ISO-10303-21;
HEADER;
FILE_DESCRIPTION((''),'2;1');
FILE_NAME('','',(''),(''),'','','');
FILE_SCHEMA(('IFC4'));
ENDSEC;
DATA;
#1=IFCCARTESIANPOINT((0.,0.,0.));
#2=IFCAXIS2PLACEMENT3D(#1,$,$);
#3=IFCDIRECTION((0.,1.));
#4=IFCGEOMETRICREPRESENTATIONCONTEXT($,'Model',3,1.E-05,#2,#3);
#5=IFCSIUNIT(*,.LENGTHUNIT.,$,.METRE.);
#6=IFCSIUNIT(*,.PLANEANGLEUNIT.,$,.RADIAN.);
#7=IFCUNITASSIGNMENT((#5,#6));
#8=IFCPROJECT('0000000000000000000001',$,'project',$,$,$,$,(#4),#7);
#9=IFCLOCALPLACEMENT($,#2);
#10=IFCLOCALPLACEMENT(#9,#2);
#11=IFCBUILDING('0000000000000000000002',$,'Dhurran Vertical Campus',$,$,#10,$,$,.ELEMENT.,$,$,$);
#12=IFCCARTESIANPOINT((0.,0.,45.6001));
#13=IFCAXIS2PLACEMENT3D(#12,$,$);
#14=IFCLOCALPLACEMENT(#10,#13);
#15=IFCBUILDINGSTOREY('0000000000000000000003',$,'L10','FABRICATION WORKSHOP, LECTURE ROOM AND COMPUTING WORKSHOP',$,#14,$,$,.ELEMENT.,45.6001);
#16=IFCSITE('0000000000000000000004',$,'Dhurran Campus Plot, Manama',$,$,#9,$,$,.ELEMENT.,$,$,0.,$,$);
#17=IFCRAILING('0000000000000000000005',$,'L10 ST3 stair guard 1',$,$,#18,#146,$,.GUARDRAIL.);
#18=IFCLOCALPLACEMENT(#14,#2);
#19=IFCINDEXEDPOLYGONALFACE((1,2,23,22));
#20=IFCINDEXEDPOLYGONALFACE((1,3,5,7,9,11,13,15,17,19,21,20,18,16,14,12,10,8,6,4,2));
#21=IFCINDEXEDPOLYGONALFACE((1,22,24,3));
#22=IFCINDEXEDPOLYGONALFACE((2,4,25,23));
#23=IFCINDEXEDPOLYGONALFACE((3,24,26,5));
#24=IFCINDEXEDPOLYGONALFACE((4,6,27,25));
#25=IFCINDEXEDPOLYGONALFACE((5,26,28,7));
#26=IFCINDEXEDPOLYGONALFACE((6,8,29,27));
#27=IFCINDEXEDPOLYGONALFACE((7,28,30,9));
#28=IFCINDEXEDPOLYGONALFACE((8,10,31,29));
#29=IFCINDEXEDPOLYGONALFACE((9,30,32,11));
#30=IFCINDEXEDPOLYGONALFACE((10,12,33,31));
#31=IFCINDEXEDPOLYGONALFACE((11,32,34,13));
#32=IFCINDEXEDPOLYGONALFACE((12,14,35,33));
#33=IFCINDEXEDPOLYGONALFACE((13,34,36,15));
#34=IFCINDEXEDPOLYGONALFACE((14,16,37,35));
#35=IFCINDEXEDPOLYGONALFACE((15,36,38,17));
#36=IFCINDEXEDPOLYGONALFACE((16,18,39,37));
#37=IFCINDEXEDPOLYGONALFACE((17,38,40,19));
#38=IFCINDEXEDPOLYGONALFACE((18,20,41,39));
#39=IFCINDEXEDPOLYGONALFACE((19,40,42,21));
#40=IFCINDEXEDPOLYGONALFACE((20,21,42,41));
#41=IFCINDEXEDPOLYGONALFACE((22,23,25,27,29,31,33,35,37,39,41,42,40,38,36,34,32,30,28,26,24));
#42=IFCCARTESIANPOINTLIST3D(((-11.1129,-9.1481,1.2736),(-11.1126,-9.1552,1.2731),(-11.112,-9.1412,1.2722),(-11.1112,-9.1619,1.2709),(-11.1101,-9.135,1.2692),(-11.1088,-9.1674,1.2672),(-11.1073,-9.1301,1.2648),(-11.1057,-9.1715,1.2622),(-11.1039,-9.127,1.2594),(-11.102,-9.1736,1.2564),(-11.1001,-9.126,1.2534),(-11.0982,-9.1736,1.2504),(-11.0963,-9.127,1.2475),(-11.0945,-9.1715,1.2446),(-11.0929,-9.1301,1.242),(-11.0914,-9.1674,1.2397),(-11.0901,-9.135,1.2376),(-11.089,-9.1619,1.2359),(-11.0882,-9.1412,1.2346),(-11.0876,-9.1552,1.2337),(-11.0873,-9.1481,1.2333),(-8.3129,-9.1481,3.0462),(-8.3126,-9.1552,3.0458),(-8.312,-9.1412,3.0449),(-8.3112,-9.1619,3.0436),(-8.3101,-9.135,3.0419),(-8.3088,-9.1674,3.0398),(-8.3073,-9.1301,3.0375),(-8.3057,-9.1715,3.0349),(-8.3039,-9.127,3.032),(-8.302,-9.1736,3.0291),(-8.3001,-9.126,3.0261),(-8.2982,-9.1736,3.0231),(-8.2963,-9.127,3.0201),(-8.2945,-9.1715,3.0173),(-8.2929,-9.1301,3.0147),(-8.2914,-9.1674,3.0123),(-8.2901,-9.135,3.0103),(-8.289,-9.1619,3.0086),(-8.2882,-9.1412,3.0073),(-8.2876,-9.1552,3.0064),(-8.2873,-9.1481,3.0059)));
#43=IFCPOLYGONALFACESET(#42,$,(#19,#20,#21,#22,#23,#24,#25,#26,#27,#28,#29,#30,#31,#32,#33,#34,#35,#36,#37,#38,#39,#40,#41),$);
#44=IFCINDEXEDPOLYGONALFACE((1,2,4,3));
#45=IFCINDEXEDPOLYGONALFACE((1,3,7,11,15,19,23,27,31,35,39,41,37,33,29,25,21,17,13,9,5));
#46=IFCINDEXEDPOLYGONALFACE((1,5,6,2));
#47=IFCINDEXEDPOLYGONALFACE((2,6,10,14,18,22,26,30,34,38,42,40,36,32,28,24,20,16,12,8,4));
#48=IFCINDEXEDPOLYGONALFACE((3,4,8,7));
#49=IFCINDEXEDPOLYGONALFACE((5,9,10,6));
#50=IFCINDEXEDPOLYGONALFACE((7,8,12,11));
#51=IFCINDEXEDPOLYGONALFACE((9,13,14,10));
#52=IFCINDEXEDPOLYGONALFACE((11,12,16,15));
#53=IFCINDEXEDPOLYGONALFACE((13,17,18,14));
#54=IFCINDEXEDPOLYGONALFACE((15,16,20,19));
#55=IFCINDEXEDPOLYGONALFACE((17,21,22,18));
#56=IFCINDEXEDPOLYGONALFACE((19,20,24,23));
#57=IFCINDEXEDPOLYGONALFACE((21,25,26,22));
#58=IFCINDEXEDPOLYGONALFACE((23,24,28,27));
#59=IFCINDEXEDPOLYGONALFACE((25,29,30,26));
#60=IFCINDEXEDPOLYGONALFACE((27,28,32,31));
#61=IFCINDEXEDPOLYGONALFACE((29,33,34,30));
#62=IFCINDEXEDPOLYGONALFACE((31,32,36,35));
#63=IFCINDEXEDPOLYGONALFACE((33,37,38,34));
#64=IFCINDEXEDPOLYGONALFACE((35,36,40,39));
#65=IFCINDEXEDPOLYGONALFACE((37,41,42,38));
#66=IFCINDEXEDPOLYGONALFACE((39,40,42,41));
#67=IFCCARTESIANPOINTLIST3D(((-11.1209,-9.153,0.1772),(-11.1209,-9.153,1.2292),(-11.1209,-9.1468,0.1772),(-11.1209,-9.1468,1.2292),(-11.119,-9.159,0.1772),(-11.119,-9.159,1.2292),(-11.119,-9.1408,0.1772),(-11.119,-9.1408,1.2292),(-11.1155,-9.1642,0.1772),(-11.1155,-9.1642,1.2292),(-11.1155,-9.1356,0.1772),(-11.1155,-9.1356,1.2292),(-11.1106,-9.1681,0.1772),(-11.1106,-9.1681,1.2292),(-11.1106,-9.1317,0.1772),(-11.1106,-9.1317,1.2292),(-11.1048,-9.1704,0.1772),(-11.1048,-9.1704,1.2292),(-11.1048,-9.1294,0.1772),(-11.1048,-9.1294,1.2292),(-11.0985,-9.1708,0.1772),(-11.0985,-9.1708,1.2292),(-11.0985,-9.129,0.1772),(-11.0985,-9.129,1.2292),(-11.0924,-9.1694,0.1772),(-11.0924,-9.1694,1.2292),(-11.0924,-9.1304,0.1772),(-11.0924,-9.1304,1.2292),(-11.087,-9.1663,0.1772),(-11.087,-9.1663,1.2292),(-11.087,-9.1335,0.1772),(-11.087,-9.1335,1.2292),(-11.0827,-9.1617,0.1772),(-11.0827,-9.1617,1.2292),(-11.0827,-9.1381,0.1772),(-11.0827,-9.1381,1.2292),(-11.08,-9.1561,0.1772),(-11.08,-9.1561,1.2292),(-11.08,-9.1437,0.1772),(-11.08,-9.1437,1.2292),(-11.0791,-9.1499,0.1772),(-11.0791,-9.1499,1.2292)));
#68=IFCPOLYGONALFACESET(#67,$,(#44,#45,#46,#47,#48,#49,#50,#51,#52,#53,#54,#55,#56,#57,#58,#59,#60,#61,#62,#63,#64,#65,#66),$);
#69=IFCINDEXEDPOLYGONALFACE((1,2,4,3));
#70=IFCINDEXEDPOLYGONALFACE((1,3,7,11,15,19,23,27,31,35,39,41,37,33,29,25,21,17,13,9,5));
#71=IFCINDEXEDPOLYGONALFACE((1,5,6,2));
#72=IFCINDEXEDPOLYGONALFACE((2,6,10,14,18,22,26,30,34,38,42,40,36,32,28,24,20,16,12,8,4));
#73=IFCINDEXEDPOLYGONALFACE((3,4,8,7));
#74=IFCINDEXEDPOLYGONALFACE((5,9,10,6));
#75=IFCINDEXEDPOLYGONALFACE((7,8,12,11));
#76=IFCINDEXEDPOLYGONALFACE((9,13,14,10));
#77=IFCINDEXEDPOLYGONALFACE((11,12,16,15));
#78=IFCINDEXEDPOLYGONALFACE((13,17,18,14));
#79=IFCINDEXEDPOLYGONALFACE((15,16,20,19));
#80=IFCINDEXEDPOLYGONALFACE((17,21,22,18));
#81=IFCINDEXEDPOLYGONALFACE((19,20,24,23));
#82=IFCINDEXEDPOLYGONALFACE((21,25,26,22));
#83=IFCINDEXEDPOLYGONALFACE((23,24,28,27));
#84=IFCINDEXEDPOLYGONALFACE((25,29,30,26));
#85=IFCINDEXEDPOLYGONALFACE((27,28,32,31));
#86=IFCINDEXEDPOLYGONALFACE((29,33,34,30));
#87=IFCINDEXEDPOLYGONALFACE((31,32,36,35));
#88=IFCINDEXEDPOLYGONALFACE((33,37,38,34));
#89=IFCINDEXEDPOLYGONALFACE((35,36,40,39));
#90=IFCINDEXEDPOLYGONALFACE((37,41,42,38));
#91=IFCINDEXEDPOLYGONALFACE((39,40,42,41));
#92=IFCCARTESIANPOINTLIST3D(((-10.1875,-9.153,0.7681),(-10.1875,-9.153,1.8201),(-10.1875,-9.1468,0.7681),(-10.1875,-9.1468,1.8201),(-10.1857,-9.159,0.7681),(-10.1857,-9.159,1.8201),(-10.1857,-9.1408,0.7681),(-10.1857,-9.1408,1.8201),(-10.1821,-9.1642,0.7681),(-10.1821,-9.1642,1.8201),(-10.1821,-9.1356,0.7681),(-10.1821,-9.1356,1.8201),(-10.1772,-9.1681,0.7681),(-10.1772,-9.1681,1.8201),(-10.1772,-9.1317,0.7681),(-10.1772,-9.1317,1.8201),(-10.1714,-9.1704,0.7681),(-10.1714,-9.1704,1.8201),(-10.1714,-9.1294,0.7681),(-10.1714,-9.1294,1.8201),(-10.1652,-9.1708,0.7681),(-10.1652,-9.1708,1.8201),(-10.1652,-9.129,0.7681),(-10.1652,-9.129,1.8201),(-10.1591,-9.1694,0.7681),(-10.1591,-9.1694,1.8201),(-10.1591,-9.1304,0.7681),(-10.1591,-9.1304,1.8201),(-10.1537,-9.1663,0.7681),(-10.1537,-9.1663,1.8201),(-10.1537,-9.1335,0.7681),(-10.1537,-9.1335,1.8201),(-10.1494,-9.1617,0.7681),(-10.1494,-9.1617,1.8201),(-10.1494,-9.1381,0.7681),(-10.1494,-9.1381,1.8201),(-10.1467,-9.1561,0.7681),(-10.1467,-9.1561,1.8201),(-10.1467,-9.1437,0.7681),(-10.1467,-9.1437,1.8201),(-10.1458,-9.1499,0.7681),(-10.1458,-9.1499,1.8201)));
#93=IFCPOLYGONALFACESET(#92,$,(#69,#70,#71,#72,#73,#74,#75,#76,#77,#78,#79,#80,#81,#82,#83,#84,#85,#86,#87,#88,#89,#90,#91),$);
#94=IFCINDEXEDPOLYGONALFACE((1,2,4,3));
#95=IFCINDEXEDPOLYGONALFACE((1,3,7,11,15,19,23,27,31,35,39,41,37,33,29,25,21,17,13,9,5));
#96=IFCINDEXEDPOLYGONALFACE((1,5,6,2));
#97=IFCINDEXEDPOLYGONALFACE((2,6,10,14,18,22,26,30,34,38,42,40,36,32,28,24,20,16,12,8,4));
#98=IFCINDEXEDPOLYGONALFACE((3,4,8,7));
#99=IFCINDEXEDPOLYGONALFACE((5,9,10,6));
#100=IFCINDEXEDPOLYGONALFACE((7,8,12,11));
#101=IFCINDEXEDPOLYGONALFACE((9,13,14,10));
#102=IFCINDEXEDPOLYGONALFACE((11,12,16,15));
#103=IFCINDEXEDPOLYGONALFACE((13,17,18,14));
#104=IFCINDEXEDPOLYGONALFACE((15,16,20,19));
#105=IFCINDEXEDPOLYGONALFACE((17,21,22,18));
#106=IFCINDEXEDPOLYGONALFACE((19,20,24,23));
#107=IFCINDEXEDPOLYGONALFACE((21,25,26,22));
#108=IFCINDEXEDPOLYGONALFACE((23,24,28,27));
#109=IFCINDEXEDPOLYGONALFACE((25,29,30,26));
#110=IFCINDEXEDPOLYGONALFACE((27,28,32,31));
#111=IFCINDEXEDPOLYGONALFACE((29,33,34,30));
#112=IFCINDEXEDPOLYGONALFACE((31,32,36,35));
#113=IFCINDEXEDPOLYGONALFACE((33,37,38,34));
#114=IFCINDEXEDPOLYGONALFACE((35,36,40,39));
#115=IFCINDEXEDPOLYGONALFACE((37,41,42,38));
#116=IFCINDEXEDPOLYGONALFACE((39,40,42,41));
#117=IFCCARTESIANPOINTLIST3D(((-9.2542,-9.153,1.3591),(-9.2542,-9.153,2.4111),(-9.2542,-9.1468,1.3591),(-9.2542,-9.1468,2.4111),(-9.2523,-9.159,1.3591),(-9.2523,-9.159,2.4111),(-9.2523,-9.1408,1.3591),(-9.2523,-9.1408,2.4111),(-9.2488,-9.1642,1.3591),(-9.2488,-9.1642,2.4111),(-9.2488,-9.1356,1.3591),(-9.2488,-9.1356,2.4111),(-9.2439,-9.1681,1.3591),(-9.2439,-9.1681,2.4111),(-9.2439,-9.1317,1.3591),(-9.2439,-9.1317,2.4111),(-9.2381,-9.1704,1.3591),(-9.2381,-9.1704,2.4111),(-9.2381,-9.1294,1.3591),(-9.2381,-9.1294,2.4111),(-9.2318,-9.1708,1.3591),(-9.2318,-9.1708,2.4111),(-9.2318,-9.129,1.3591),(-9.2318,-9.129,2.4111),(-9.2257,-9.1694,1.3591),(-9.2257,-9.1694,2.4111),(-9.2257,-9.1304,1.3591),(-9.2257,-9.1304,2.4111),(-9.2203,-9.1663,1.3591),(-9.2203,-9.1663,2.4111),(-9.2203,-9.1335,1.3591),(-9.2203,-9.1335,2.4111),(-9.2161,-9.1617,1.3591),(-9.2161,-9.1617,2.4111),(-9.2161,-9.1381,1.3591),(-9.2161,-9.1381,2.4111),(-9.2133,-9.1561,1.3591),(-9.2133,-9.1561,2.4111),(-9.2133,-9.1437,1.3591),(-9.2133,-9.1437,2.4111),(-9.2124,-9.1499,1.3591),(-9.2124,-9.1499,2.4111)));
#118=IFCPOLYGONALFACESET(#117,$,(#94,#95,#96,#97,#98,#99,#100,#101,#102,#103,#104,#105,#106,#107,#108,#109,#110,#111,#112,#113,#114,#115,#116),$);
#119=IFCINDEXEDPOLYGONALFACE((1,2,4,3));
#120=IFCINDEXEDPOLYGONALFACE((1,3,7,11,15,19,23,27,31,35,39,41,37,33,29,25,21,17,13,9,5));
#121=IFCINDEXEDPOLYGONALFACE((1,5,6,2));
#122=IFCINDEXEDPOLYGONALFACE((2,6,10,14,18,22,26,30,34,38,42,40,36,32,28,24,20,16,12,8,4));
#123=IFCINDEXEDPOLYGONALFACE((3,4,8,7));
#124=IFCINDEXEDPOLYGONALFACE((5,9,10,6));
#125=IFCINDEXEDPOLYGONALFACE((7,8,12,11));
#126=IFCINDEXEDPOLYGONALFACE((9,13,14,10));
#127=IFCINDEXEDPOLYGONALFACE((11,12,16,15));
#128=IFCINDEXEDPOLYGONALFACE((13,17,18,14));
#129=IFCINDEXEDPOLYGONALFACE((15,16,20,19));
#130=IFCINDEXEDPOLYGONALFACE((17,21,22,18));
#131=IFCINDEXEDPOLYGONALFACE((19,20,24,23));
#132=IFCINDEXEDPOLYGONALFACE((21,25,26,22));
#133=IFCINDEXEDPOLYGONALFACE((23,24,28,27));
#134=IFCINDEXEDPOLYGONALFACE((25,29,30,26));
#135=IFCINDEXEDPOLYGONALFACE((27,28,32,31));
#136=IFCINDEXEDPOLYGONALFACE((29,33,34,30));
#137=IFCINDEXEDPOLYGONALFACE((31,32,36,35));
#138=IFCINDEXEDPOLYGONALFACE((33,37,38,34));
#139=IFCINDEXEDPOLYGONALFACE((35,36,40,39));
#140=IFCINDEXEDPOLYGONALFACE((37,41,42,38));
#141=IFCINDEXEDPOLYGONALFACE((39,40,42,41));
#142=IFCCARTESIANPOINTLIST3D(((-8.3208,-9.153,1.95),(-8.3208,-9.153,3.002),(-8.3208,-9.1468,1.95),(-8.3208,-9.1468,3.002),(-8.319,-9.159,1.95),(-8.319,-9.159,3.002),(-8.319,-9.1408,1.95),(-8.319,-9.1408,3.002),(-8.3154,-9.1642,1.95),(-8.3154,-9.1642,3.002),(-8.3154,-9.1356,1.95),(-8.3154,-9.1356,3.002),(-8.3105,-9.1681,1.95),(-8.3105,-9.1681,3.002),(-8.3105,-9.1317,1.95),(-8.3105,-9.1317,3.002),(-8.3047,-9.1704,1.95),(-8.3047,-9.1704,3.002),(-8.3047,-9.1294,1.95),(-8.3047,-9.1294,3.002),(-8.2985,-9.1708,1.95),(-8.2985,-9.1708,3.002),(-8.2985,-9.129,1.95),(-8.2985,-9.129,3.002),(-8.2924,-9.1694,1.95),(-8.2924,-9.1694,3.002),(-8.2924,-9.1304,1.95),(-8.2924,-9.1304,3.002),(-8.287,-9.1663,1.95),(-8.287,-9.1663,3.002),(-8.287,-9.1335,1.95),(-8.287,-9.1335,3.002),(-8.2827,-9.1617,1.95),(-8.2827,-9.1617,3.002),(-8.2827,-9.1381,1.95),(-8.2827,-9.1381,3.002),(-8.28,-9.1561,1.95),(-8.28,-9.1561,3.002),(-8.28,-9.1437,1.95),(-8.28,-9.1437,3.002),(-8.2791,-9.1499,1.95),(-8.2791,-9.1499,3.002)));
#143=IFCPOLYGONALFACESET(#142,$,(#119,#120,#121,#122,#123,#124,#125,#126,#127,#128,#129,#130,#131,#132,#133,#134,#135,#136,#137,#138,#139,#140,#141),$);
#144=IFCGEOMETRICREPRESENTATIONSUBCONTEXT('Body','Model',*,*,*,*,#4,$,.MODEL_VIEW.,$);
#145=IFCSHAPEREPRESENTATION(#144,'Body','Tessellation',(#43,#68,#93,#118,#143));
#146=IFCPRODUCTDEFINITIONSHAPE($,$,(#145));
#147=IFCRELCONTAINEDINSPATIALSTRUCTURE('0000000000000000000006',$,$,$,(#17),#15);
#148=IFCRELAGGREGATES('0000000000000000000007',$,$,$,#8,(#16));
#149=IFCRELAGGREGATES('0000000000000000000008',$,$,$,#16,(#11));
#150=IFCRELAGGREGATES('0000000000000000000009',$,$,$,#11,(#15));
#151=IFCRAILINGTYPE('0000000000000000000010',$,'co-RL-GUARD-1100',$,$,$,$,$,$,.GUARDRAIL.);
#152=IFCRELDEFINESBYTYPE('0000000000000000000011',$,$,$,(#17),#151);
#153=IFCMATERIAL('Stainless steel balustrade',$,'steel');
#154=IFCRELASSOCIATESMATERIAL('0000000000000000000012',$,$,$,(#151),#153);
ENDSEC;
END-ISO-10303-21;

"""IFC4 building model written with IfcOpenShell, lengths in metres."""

from ifc_helpers import new_model, si_unit, direction, frame, origin, origin_2d, place, context, subcontext, project, spatial, circle, extrude, material, type_object, element, save


model = new_model("IFC4")

# Units and contexts
model_context = context("Model", 3, precision=1e-05, world=origin(), true_north=direction((0.0, 1.0)))
body_context = subcontext(model_context, "Body", "Model", "MODEL_VIEW")
ifc_project = project(units=[si_unit("LENGTHUNIT", "METRE"), si_unit("PLANEANGLEUNIT", "RADIAN")], contexts=[model_context])

# Site, building, storey
site_placement = place(None, origin())
site = spatial("IfcSite", under=ifc_project, at=site_placement, Name="Dhurran Campus Plot, Manama", CompositionType="ELEMENT", RefElevation=0.0)
building_placement = place(site_placement, origin())
building = spatial("IfcBuilding", under=site, at=building_placement, Name="Dhurran Vertical Campus", CompositionType="ELEMENT")
storey_placement = place(building_placement, frame((0.0, 0.0, 45.6001)))
storey = spatial("IfcBuildingStorey", under=building, at=storey_placement, Name="L10", Description="FABRICATION WORKSHOP, LECTURE ROOM AND COMPUTING WORKSHOP", CompositionType="ELEMENT", Elevation=45.6001)

# Railing
ifc_material_1 = material(Name="Stainless steel balustrade", Category="steel")
railing_type_1 = type_object("IfcRailingType", Name="co-RL-GUARD-1100", PredefinedType="GUARDRAIL", material=ifc_material_1)
railing_1_placement = place(storey_placement, frame((-11.1001, -9.1499, 0.1772)))
element("IfcRailing", 1, at=railing_1_placement, inside=storey, type_object=railing_type_1, Name="L10 ST3 stair guard 1", PredefinedType="GUARDRAIL", context=body_context, shape_type="SweptSolid", body=[
    extrude(circle(Radius=0.0239, at=origin_2d()), frame((0.0, 0.0, 1.0762), z_axis=(0.844909, 0.0, 0.53491), x_axis=(0.0, 1.0, 0.0)), (0.0, 0.0, 1.0), 3.314),
    extrude(circle(Radius=0.021, at=origin_2d()), origin(), (0.0, 0.0, 1.0), 1.052),
    extrude(circle(Radius=0.021, at=origin_2d()), frame((0.9333, 0.0, 0.5908)), (0.0, 0.0, 1.0), 1.052),
    extrude(circle(Radius=0.021, at=origin_2d()), frame((1.8667, 0.0, 1.1819)), (0.0, 0.0, 1.0), 1.052),
    extrude(circle(Radius=0.021, at=origin_2d()), frame((2.8, 0.0, 1.7727)), (0.0, 0.0, 1.0), 1.052),
])

save(model, "model.ifc")
